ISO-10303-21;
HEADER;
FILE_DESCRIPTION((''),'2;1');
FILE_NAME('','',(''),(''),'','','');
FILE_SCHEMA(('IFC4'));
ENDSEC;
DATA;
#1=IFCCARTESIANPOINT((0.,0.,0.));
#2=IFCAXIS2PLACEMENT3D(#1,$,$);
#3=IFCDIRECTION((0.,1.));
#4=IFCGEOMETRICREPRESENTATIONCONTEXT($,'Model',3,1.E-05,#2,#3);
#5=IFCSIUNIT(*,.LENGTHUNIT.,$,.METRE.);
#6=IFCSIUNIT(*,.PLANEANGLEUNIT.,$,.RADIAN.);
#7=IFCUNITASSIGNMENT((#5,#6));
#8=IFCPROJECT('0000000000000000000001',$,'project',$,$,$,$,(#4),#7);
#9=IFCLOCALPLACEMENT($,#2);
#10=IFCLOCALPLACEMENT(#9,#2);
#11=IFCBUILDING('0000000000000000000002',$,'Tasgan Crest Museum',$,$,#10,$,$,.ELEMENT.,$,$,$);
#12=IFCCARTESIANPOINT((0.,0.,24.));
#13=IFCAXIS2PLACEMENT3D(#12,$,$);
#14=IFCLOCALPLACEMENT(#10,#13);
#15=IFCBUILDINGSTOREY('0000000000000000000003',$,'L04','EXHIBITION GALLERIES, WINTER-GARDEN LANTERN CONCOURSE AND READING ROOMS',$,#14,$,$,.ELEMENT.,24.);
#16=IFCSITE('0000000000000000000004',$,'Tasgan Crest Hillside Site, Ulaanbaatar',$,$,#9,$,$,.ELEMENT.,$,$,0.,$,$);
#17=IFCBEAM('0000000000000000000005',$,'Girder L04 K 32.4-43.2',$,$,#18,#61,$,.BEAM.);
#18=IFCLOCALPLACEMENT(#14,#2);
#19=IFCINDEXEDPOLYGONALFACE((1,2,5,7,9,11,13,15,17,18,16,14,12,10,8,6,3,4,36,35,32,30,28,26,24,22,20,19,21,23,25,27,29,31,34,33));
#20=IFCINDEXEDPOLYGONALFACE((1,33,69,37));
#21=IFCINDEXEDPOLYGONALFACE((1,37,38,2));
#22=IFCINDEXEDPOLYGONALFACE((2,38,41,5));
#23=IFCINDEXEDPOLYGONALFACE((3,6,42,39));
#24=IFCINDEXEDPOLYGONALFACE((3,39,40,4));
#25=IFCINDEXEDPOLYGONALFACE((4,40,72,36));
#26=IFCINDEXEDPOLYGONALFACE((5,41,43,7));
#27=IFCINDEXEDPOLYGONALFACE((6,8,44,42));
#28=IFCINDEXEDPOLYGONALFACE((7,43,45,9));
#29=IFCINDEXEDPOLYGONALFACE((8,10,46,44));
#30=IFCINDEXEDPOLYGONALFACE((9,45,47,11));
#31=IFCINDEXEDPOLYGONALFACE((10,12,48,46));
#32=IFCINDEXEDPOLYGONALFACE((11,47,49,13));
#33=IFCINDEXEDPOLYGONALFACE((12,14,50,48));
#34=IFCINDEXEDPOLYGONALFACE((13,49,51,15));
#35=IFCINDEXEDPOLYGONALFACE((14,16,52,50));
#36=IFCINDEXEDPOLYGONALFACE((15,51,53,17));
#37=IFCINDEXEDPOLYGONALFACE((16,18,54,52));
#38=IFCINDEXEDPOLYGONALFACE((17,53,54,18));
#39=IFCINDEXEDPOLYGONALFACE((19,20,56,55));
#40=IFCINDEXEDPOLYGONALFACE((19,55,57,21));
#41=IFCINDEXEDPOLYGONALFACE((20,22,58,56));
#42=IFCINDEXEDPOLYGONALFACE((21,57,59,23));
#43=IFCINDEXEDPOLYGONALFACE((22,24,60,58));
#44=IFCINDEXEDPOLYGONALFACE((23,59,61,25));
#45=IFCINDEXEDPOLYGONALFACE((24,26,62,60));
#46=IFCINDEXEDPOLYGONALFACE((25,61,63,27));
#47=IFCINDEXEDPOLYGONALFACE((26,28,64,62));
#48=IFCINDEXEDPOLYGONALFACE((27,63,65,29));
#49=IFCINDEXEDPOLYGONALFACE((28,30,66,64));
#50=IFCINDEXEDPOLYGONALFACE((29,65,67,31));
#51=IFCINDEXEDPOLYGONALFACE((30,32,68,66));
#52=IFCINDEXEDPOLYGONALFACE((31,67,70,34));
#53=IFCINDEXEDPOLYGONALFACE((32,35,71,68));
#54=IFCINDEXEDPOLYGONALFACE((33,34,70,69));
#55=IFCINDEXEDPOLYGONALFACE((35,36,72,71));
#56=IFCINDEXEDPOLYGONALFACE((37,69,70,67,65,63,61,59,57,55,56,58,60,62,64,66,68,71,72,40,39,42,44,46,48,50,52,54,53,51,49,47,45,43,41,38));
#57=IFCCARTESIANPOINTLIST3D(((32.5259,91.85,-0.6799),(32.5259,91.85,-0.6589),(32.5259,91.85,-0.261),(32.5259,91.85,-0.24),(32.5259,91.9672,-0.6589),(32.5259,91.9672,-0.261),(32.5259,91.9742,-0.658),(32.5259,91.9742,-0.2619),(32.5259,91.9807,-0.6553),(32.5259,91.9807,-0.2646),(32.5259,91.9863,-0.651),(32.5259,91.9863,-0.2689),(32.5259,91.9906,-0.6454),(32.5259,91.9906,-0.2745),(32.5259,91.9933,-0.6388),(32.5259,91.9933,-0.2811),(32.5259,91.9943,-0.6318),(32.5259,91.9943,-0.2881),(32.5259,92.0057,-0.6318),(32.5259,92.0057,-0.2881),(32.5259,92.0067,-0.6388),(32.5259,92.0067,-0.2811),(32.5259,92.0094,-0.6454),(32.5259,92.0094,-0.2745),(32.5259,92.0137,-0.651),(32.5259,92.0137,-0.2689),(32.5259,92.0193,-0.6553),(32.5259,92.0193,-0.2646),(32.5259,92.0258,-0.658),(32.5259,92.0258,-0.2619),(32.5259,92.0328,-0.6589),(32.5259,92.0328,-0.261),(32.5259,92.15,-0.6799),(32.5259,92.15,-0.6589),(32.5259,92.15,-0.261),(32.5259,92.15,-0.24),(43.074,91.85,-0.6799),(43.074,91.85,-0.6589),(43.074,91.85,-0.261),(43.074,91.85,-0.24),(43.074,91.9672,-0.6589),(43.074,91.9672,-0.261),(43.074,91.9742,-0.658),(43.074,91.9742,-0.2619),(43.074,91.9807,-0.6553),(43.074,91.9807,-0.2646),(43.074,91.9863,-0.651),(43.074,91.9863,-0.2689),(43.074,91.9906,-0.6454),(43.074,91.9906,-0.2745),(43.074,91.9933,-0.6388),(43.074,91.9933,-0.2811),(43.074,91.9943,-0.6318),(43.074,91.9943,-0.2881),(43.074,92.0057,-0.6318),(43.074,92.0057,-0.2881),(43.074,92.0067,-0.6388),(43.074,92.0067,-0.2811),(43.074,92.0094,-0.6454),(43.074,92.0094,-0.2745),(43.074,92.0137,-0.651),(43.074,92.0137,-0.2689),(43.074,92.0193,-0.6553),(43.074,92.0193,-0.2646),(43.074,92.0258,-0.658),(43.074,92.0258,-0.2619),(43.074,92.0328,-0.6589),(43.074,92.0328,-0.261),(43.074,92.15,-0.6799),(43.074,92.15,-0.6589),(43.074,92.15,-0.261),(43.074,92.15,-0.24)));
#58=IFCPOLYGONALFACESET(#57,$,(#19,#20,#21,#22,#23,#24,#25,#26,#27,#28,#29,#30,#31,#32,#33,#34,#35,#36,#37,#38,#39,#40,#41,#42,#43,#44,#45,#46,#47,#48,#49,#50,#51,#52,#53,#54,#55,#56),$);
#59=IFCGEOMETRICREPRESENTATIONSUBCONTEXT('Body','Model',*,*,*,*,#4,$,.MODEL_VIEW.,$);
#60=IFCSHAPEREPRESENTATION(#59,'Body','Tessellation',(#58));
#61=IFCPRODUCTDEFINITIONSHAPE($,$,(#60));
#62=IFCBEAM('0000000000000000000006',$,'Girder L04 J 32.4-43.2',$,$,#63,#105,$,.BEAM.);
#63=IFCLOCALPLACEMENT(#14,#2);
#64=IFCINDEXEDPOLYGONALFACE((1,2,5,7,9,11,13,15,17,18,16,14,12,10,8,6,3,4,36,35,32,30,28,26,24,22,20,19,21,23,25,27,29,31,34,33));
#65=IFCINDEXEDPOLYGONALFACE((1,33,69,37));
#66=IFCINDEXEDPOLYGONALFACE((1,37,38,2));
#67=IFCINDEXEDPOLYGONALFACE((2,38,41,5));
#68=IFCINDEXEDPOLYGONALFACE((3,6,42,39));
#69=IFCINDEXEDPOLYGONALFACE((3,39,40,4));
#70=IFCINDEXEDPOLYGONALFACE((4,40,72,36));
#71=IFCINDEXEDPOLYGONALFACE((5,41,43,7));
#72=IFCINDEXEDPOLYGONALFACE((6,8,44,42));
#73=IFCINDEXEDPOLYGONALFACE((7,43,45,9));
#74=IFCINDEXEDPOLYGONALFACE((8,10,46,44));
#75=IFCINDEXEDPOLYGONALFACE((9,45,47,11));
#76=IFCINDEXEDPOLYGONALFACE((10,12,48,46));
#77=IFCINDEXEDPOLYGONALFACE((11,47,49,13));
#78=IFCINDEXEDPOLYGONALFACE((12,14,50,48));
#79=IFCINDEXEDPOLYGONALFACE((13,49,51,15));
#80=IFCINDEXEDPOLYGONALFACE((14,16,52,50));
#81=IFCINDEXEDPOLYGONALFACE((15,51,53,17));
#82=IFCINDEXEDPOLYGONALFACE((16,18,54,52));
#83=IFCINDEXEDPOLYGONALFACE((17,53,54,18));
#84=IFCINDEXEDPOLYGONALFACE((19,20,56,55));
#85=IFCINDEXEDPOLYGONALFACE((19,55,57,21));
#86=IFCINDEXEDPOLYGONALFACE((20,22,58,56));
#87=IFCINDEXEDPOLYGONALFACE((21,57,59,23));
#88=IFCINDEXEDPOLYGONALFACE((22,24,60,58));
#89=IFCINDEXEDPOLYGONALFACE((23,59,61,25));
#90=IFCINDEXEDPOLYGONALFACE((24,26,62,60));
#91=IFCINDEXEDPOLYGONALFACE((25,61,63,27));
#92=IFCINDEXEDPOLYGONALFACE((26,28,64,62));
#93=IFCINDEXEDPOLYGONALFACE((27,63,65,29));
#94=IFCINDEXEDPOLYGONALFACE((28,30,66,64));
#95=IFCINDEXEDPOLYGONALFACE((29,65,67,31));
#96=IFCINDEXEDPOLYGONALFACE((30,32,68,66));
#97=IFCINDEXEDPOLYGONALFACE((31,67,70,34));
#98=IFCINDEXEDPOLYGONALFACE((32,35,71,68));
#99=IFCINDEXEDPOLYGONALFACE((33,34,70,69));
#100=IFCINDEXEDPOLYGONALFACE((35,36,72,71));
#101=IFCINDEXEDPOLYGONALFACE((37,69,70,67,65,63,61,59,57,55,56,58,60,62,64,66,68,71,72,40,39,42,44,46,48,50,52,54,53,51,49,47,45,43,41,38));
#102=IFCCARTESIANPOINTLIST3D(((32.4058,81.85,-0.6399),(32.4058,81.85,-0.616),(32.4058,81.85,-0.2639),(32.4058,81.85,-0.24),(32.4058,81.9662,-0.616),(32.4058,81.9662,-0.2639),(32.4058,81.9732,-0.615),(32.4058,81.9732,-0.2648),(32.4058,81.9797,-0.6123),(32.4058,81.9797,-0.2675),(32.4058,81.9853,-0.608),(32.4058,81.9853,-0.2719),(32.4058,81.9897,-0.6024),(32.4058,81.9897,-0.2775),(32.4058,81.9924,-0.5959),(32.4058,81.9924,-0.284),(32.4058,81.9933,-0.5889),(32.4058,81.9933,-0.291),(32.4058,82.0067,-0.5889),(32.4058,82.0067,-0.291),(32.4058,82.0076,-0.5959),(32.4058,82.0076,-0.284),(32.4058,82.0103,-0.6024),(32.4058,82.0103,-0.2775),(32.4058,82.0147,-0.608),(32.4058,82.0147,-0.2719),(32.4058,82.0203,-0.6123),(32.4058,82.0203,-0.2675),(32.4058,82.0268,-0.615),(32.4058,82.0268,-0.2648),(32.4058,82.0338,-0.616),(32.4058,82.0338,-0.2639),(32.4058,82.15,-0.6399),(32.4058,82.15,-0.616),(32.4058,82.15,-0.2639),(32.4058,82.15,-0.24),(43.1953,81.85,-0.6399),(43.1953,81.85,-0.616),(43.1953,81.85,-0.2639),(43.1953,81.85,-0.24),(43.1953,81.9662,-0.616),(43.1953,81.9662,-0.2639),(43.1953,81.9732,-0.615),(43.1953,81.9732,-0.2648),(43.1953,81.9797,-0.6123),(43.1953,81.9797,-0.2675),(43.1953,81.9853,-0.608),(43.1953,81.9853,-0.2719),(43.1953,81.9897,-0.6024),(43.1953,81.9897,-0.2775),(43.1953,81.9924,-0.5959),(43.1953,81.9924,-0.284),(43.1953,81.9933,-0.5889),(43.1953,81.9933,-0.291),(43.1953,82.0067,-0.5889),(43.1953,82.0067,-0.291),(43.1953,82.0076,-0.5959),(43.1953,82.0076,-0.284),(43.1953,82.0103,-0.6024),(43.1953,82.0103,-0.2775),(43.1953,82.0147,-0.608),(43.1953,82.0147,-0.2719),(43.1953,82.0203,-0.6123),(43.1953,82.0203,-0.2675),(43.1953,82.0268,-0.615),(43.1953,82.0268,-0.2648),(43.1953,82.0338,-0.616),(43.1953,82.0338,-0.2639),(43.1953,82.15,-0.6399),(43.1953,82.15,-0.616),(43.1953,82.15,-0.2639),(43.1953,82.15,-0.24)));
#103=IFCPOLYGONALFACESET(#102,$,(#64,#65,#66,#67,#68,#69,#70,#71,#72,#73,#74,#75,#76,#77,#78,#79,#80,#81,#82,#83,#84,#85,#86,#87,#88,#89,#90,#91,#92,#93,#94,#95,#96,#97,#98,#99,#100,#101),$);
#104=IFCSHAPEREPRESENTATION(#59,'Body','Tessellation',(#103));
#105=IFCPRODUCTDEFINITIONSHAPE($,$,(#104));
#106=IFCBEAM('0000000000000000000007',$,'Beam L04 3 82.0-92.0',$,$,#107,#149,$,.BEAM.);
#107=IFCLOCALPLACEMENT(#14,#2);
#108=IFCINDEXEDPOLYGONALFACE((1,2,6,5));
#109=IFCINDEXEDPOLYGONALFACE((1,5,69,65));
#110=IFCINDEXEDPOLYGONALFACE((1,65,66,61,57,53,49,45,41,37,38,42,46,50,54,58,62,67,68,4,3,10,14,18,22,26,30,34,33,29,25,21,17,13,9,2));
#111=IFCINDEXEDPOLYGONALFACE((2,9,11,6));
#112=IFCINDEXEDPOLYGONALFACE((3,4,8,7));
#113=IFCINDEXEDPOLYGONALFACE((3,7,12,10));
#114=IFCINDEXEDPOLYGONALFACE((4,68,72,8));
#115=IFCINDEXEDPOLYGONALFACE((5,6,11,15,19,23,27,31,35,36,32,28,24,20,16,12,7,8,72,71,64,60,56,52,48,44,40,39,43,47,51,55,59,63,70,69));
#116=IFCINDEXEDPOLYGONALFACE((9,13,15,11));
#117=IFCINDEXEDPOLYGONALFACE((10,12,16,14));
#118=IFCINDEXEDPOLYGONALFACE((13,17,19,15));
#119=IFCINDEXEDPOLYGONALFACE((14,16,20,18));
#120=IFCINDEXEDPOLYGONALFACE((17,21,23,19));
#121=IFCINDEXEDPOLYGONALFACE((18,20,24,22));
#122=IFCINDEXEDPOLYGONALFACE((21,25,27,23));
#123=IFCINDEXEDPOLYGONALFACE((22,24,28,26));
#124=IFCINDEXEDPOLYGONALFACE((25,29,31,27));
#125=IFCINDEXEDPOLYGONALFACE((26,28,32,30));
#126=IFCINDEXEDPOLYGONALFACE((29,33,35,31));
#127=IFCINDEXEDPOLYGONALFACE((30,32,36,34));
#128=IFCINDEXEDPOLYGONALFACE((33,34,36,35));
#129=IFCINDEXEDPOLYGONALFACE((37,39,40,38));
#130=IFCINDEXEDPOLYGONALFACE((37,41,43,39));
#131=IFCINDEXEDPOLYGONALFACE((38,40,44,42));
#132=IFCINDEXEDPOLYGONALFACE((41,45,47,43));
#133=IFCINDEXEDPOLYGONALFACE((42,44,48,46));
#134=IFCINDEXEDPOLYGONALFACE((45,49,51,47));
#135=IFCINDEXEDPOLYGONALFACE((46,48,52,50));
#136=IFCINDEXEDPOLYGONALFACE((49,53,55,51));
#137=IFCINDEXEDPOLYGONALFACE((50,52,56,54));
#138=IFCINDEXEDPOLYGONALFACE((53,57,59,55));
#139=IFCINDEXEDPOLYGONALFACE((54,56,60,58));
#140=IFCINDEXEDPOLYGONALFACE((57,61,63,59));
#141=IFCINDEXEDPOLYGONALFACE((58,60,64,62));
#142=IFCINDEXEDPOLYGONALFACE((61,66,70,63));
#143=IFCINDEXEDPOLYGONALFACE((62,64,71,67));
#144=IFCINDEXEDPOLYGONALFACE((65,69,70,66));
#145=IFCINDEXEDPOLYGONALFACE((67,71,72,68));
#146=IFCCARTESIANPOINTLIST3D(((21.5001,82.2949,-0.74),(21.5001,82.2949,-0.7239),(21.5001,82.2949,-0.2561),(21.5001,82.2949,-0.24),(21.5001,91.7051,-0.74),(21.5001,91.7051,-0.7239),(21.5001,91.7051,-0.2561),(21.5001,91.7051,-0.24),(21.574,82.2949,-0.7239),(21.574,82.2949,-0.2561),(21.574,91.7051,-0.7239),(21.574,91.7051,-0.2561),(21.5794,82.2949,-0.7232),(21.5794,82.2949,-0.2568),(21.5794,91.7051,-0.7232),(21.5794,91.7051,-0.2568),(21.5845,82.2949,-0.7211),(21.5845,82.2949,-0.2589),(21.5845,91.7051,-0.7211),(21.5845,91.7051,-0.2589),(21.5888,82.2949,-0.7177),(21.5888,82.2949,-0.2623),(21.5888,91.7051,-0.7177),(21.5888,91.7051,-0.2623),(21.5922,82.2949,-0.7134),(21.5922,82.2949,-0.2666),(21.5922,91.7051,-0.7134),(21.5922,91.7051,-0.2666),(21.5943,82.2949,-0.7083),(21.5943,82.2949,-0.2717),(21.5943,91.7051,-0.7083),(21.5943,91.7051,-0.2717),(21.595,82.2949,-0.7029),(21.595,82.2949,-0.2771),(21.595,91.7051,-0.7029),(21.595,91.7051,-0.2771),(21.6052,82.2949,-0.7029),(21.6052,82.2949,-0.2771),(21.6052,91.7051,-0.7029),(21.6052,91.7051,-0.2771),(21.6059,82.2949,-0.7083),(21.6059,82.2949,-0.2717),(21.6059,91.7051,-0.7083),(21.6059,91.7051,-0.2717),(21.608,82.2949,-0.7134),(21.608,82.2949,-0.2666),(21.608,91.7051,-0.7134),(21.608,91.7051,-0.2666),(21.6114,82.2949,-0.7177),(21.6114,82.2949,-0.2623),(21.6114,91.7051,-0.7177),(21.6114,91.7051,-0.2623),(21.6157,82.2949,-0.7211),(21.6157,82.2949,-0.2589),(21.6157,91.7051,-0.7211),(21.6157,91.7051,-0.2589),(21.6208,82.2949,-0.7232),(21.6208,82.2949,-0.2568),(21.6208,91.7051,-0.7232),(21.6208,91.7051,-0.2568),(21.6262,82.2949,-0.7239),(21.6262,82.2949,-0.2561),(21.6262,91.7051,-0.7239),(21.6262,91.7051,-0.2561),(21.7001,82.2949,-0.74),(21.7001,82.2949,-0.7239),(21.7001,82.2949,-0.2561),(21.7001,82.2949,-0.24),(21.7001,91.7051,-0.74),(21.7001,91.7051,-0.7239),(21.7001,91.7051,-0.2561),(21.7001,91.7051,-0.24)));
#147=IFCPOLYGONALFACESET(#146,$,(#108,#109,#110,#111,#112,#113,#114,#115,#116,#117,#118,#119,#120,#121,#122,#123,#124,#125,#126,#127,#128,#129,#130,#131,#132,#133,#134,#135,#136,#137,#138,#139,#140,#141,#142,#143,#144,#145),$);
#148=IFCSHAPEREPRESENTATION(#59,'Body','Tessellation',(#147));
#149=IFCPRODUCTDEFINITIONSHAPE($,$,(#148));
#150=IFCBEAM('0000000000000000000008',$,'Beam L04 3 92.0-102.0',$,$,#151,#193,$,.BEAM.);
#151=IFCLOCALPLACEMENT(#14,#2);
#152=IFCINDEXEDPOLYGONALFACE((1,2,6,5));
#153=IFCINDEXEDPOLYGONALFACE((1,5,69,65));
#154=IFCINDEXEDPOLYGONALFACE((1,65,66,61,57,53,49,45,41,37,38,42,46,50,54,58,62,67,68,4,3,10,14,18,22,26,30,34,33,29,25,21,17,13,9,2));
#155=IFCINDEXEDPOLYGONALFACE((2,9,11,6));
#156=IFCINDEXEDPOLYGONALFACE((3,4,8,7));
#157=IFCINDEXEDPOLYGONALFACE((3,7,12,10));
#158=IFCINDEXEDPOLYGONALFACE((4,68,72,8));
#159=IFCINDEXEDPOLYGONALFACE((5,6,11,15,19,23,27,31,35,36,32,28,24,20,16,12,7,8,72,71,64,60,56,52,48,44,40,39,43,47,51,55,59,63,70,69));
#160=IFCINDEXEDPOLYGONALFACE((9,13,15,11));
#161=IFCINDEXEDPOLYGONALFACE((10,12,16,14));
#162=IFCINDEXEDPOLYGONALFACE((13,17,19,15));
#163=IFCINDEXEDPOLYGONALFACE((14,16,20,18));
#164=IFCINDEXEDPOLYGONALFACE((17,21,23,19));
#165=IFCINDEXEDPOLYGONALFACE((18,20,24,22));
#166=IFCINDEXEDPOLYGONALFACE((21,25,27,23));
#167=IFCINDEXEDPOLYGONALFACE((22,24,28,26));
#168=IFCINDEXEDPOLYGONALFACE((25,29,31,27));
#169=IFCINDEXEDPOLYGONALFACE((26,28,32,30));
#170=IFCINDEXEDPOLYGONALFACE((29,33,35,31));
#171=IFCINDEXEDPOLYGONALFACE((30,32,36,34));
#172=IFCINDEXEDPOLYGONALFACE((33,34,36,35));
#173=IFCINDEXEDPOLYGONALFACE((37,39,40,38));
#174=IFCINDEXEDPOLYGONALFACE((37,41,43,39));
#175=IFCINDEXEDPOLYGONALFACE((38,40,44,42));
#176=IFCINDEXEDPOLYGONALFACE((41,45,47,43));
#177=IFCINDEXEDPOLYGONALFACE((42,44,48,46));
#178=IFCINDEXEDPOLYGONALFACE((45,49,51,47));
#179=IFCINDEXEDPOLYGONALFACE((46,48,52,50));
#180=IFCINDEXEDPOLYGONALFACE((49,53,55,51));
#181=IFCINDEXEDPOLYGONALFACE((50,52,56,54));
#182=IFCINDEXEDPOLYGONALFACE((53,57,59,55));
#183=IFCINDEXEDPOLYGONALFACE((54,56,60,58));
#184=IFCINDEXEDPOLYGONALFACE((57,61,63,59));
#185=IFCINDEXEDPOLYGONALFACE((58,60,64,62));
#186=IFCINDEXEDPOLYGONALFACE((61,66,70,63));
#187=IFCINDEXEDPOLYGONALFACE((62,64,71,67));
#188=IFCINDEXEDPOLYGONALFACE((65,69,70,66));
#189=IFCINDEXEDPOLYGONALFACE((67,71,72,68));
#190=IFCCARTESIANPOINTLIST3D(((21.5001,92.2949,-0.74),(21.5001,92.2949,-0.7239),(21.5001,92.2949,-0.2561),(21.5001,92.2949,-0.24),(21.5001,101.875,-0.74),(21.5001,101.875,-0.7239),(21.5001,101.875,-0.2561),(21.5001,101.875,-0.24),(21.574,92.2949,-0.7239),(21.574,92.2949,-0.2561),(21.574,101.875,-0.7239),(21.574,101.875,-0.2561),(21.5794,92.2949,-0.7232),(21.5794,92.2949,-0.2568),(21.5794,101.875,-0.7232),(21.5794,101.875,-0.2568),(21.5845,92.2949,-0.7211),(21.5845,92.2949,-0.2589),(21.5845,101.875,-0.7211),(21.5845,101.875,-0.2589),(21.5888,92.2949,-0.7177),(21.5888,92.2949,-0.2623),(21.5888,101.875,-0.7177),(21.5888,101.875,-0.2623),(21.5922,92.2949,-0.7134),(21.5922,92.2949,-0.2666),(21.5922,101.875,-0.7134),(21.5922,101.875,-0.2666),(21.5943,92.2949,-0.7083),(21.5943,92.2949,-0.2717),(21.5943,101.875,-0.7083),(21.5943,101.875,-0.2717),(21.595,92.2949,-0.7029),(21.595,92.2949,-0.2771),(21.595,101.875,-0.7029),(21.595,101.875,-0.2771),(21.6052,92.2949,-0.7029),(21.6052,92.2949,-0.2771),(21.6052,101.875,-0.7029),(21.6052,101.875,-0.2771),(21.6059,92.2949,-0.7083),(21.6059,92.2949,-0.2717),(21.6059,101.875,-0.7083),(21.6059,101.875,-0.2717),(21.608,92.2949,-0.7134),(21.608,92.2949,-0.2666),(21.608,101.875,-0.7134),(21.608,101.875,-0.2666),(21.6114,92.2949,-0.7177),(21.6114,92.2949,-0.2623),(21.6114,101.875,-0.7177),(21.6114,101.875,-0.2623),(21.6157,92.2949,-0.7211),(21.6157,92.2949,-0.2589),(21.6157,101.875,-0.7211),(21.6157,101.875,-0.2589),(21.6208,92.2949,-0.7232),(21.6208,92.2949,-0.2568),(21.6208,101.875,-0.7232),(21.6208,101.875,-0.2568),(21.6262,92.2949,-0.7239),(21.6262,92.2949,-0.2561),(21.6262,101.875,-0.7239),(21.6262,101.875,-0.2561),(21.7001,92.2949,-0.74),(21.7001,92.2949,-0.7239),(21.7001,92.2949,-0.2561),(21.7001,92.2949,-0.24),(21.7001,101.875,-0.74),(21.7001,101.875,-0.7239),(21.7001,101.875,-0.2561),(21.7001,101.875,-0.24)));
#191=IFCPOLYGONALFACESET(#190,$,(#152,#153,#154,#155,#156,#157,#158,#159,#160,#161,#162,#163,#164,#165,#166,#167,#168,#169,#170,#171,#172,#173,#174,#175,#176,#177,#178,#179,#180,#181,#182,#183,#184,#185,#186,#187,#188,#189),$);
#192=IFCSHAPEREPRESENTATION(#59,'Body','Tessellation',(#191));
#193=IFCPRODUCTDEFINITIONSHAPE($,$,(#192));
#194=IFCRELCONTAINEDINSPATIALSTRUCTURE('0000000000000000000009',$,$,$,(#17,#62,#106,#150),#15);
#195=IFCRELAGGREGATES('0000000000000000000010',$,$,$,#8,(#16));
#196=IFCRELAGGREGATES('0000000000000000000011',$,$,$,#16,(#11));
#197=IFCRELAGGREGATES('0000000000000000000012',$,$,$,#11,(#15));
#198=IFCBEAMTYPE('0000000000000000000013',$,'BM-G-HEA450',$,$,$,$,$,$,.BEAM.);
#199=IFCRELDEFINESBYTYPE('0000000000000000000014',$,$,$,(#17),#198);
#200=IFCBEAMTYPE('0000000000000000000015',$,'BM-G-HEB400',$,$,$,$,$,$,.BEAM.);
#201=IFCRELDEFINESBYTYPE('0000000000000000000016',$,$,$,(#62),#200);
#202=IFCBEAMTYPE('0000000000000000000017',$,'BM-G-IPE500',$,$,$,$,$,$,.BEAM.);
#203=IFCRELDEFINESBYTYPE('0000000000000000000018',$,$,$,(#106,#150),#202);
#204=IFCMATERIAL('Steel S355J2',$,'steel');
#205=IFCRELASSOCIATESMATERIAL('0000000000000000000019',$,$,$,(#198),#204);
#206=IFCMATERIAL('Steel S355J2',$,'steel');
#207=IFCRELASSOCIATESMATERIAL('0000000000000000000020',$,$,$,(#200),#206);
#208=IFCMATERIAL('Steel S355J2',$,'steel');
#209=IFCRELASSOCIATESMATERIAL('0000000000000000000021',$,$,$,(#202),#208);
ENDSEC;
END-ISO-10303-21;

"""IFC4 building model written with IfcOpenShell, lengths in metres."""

from ifc_helpers import new_model, si_unit, direction, frame, origin, origin_2d, place, context, subcontext, project, spatial, i_section, extrude, material, material_profile, profile_set, type_object, element, save


model = new_model("IFC4")

# Units and contexts
model_context = context("Model", 3, precision=1e-05, world=origin(), true_north=direction((0.0, 1.0)))
body_context = subcontext(model_context, "Body", "Model", "MODEL_VIEW")
ifc_project = project(units=[si_unit("LENGTHUNIT", "METRE"), si_unit("PLANEANGLEUNIT", "RADIAN")], contexts=[model_context])

# Site, building, storey
site_placement = place(None, origin())
site = spatial("IfcSite", under=ifc_project, at=site_placement, Name="Tasgan Crest Hillside Site, Ulaanbaatar", CompositionType="ELEMENT", RefElevation=0.0)
building_placement = place(site_placement, origin())
building = spatial("IfcBuilding", under=site, at=building_placement, Name="Tasgan Crest Museum", CompositionType="ELEMENT")
storey_placement = place(building_placement, frame((0.0, 0.0, 24.0)))
storey = spatial("IfcBuildingStorey", under=building, at=storey_placement, Name="L04", Description="EXHIBITION GALLERIES, WINTER-GARDEN LANTERN CONCOURSE AND READING ROOMS", CompositionType="ELEMENT", Elevation=24.0)

# Beams
ifc_material_1 = material(Name="Steel S355J2", Category="steel")
ifc_material_profile_1 = material_profile(ifc_material_1, i_section(OverallWidth=0.3, OverallDepth=0.4399, WebThickness=0.0115, FlangeThickness=0.021, FilletRadius=0.0271, at=origin_2d()), Name="HEA 450")
ifc_profile_set_1 = profile_set([ifc_material_profile_1], Name="Steel S355J2")
beam_type_1 = type_object("IfcBeamType", Name="BM-G-HEA450", PredefinedType="BEAM", material=ifc_profile_set_1)
beam_1_placement = place(storey_placement, frame((32.5259, 92.0, -0.46), z_axis=(1.0, 0.0, 0.0), x_axis=(0.0, 1.0, 0.0)))
element("IfcBeam", 1, at=beam_1_placement, inside=storey, type_object=beam_type_1, Name="Girder L04 K 32.4-43.2", PredefinedType="BEAM", context=body_context, shape_type="SweptSolid", body=[
    extrude(i_section(OverallWidth=0.3, OverallDepth=0.4399, WebThickness=0.0115, FlangeThickness=0.021, FilletRadius=0.0271, at=origin_2d()), origin(), (0.0, 0.0, 1.0), 10.5481),
])
ifc_material_2 = material(Name="Steel S355J2", Category="steel")
ifc_material_profile_2 = material_profile(ifc_material_2, i_section(OverallWidth=0.3, OverallDepth=0.3999, WebThickness=0.0134, FlangeThickness=0.0239, FilletRadius=0.0271, at=origin_2d()), Name="HEB 400")
ifc_profile_set_2 = profile_set([ifc_material_profile_2], Name="Steel S355J2")
beam_type_2 = type_object("IfcBeamType", Name="BM-G-HEB400", PredefinedType="BEAM", material=ifc_profile_set_2)
beam_2_placement = place(storey_placement, frame((32.4058, 82.0, -0.4399), z_axis=(1.0, 0.0, 0.0), x_axis=(0.0, 1.0, 0.0)))
element("IfcBeam", 2, at=beam_2_placement, inside=storey, type_object=beam_type_2, Name="Girder L04 J 32.4-43.2", PredefinedType="BEAM", context=body_context, shape_type="SweptSolid", body=[
    extrude(i_section(OverallWidth=0.3, OverallDepth=0.3999, WebThickness=0.0134, FlangeThickness=0.0239, FilletRadius=0.0271, at=origin_2d()), origin(), (0.0, 0.0, 1.0), 10.7896),
])
ifc_material_3 = material(Name="Steel S355J2", Category="steel")
ifc_material_profile_3 = material_profile(ifc_material_3, i_section(OverallWidth=0.2, OverallDepth=0.5, WebThickness=0.0103, FlangeThickness=0.0161, FilletRadius=0.021, at=origin_2d()), Name="IPE 500")
ifc_profile_set_3 = profile_set([ifc_material_profile_3], Name="Steel S355J2")
beam_type_3 = type_object("IfcBeamType", Name="BM-G-IPE500", PredefinedType="BEAM", material=ifc_profile_set_3)
beam_3_placement = place(storey_placement, frame((21.6001, 82.2949, -0.49), z_axis=(0.0, 1.0, 0.0), x_axis=(-1.0, 0.0, 0.0)))
element("IfcBeam", 3, at=beam_3_placement, inside=storey, type_object=beam_type_3, Name="Beam L04 3 82.0-92.0", PredefinedType="BEAM", context=body_context, shape_type="SweptSolid", body=[
    extrude(i_section(OverallWidth=0.2, OverallDepth=0.5, WebThickness=0.0103, FlangeThickness=0.0161, FilletRadius=0.021, at=origin_2d()), origin(), (0.0, 0.0, 1.0), 9.4102),
])
for number, where, z_axis, x_axis, name in (
    (4, (21.6001, 92.2949, -0.49), (0.0, 1.0, 0.0), (-1.0, 0.0, 0.0), "Beam L04 3 92.0-102.0"),
):
    element("IfcBeam", number, at=place(storey_placement, frame(where, z_axis=z_axis, x_axis=x_axis)), inside=storey, type_object=beam_type_3, Name=name, PredefinedType="BEAM", context=body_context, shape_type="SweptSolid", body=[
        extrude(i_section(OverallWidth=0.2, OverallDepth=0.5, WebThickness=0.0103, FlangeThickness=0.0161, FilletRadius=0.021, at=origin_2d()), origin(), (0.0, 0.0, 1.0), 9.5801),
    ])

save(model, "model.ifc")
